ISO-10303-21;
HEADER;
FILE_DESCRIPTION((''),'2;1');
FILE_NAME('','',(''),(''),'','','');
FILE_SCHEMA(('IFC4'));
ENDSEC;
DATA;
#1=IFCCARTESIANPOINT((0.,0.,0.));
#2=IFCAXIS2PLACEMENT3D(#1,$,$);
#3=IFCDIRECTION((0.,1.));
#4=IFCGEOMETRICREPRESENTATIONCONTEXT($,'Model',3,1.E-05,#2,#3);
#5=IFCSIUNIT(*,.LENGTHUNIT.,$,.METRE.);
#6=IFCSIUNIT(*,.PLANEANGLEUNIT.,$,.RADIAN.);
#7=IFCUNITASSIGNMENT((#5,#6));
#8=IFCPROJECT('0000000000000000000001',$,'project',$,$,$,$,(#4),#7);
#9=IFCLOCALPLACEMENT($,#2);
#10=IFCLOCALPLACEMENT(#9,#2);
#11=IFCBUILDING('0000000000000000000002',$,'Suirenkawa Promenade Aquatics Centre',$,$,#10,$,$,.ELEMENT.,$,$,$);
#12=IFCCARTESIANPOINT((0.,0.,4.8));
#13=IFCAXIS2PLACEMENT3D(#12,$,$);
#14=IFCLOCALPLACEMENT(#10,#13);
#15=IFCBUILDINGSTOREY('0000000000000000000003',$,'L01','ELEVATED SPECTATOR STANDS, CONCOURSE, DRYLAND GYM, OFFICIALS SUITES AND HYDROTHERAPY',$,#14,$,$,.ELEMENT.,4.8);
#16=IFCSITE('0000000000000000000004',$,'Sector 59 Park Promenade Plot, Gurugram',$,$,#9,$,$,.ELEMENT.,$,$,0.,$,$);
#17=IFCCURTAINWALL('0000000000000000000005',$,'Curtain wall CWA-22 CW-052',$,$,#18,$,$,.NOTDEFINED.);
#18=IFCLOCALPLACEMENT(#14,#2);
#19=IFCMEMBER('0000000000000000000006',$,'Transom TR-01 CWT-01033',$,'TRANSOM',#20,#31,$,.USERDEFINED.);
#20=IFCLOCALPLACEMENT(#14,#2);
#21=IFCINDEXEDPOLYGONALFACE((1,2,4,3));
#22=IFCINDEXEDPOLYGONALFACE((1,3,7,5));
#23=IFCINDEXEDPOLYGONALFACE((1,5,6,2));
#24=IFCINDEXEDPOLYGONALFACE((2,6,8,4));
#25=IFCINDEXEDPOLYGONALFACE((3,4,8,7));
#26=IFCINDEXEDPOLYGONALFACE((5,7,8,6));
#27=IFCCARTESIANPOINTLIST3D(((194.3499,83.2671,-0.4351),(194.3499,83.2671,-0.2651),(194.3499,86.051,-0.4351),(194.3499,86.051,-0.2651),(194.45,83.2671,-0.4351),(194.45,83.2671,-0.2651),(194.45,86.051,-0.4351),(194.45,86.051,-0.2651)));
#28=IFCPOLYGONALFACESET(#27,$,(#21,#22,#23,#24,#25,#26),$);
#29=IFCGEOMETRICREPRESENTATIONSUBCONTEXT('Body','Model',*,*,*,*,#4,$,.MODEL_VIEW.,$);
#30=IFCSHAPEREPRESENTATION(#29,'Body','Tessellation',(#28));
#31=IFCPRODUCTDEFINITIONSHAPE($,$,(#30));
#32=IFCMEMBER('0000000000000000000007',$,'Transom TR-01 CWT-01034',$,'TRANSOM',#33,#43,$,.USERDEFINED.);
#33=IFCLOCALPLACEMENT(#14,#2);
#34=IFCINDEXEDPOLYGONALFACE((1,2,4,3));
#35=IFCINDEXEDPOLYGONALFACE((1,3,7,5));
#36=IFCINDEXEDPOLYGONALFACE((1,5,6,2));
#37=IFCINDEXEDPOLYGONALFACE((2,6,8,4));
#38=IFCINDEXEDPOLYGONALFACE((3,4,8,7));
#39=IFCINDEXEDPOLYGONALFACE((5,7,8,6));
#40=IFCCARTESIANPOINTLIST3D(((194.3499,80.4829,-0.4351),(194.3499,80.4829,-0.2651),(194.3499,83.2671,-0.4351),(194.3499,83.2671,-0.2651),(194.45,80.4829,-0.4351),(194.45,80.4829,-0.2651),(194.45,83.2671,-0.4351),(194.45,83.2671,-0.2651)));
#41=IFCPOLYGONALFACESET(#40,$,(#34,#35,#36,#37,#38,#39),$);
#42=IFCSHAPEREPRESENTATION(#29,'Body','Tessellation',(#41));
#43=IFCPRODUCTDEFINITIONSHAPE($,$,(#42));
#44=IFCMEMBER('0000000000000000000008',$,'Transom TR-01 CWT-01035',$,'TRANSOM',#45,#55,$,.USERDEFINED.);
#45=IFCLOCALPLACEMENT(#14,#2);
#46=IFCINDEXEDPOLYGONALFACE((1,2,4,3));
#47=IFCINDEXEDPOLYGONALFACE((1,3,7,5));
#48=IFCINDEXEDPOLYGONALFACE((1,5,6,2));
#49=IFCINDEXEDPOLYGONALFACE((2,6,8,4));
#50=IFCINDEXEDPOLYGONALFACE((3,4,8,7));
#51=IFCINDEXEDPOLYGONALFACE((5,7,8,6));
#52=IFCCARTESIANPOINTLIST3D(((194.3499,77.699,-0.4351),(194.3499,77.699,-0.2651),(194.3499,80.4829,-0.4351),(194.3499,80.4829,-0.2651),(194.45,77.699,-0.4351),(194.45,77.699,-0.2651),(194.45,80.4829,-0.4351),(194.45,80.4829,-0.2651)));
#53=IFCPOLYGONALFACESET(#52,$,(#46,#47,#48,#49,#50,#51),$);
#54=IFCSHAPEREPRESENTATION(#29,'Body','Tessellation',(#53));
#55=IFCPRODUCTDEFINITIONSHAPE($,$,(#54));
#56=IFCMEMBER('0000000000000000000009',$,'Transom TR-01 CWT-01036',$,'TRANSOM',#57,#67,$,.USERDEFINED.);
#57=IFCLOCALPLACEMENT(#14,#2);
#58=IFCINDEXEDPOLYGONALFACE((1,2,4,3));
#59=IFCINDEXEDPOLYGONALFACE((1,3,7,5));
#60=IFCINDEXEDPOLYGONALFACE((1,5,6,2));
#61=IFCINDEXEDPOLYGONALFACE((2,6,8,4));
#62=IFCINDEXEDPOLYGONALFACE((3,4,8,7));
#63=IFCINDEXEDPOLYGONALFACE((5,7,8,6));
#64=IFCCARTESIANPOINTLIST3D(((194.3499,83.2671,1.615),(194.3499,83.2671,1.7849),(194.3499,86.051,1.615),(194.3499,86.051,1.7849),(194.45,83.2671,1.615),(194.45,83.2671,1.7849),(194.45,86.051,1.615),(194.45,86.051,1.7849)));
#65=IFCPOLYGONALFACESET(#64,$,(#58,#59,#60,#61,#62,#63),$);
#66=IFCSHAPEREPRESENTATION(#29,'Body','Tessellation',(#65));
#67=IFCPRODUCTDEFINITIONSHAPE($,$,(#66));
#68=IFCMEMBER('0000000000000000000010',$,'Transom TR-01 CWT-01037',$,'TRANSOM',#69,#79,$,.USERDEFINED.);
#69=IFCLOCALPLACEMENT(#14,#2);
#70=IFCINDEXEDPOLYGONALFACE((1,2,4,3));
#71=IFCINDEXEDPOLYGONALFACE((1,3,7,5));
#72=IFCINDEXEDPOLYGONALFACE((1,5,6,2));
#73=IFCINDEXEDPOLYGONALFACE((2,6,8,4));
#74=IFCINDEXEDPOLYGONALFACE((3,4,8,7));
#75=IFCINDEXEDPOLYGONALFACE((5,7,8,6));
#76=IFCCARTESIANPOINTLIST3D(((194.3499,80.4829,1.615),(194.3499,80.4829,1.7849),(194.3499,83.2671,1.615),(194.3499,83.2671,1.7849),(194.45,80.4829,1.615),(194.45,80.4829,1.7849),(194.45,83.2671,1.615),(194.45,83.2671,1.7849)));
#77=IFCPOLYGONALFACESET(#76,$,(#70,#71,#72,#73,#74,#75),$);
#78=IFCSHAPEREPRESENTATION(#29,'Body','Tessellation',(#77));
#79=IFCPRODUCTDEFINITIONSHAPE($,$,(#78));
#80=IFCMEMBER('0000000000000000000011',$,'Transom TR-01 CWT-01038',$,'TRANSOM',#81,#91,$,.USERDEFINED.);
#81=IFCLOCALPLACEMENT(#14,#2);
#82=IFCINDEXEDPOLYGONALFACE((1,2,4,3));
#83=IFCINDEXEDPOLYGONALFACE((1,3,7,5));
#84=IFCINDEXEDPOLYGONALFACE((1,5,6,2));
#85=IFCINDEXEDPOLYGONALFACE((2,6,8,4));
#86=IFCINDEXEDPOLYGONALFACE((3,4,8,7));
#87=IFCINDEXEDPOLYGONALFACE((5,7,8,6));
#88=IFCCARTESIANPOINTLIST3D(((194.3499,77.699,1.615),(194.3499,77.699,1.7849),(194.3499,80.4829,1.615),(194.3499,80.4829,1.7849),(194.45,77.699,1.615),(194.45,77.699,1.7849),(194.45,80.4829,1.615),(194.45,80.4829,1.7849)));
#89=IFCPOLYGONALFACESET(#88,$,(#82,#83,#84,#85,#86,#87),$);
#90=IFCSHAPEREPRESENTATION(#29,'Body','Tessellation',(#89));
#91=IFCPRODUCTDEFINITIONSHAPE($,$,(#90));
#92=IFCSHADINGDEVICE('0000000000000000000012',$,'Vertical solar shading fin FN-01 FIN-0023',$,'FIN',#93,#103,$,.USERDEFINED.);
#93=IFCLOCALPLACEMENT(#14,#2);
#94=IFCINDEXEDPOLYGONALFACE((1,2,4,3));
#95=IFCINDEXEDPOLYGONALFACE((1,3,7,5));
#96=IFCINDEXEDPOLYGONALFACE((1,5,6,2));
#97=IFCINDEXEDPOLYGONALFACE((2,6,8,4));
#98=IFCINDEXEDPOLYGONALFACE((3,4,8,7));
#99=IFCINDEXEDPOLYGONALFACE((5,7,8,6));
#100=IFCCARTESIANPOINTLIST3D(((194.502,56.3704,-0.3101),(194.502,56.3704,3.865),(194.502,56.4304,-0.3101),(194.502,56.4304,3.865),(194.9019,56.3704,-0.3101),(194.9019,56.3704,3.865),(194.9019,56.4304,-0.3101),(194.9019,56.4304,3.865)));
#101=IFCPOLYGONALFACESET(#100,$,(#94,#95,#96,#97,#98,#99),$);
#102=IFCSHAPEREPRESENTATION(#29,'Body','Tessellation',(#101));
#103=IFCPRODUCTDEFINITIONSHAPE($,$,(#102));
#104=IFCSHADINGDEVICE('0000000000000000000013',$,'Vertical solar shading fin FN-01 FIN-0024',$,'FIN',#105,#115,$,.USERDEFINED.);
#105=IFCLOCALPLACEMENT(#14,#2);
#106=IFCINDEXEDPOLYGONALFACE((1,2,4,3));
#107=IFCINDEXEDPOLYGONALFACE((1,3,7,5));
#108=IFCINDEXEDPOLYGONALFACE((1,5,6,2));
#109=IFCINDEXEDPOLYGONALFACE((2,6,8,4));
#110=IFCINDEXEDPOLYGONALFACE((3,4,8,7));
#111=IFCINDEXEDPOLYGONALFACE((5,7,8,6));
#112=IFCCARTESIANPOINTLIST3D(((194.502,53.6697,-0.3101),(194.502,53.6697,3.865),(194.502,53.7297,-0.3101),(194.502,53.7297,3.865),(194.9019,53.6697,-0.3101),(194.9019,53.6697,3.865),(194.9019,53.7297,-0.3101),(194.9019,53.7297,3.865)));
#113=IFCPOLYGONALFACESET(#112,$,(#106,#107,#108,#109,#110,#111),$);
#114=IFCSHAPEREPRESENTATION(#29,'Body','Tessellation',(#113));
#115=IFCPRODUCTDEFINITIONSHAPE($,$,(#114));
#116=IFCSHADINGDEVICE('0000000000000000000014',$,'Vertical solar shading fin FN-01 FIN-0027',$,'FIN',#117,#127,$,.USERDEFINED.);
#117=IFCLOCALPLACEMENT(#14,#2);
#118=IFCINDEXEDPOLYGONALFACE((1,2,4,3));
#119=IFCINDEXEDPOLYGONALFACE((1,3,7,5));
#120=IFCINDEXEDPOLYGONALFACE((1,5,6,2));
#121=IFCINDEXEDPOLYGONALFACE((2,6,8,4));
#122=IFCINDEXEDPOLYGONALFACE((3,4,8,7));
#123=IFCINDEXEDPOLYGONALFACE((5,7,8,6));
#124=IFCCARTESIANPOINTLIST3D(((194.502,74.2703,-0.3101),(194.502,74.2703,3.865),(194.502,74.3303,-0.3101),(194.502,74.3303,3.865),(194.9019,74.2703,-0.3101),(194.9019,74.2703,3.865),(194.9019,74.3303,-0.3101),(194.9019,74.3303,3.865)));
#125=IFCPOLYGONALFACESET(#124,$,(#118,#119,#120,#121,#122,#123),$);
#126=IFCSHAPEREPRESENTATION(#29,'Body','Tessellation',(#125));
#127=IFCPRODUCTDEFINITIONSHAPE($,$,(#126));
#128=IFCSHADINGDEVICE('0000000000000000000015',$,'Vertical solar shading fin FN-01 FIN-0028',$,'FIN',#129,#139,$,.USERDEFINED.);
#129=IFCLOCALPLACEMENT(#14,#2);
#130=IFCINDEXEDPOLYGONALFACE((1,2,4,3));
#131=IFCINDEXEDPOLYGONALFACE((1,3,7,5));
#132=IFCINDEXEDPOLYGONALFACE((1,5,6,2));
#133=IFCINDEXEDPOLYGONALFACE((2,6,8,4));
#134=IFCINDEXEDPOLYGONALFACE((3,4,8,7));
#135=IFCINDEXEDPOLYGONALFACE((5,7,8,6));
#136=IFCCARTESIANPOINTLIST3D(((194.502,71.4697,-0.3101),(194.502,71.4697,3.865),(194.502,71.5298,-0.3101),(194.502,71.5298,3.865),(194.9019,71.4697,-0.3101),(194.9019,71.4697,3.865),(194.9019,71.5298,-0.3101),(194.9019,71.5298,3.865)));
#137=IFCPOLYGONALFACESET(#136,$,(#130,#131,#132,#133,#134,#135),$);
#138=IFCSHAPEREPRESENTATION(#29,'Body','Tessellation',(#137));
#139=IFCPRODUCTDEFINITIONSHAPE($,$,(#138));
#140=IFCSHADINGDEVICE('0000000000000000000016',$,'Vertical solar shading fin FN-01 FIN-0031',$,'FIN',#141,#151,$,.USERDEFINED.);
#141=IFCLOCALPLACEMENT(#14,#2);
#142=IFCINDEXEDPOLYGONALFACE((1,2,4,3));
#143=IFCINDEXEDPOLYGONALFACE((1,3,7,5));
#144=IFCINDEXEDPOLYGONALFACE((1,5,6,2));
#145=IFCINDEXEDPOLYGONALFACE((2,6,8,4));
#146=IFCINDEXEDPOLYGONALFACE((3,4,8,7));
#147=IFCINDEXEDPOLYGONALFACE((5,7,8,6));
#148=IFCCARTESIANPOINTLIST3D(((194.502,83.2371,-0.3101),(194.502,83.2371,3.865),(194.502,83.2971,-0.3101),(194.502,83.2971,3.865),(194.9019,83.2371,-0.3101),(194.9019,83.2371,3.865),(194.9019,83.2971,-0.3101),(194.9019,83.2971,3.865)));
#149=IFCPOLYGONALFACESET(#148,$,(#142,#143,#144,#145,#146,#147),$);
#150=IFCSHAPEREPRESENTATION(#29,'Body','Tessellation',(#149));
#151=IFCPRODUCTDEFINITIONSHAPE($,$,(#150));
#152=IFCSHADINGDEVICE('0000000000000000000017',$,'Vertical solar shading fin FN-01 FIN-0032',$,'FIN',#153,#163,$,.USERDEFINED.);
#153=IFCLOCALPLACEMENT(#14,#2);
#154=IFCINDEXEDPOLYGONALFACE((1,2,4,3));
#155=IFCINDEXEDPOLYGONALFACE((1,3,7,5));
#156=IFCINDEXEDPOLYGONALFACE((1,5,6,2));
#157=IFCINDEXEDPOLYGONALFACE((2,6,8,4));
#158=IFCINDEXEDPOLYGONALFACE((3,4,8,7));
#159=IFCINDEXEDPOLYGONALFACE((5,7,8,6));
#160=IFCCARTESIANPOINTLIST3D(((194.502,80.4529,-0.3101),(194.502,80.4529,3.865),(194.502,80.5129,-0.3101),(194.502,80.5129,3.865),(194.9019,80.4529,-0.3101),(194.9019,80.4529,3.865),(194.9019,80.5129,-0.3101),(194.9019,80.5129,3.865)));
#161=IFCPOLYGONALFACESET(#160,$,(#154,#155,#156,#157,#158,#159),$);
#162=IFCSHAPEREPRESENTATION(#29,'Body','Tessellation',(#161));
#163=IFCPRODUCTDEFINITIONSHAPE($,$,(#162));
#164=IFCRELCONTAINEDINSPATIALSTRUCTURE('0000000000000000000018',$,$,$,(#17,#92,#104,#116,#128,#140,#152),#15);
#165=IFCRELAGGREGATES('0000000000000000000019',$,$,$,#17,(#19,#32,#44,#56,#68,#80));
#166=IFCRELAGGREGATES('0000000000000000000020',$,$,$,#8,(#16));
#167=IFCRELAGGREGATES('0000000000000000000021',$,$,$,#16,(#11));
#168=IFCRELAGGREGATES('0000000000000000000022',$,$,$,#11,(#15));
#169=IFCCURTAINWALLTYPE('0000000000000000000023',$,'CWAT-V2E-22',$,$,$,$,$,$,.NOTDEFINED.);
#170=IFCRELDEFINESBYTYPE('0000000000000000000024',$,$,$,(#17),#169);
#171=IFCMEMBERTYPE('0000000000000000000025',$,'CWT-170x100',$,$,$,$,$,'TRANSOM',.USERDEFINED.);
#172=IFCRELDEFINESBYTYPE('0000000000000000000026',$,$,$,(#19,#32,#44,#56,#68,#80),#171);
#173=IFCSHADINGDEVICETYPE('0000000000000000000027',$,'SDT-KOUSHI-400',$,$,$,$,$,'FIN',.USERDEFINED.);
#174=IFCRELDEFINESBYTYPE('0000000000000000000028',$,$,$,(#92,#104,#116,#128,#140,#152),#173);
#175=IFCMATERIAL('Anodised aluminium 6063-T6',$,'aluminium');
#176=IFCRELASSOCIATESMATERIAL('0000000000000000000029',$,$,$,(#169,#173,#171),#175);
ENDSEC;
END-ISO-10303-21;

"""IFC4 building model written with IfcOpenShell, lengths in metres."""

from ifc_helpers import new_model, si_unit, direction, frame, origin, origin_2d, place, context, subcontext, project, spatial, rectangle, extrude, material, material_profile, profile_set, type_object, element, aggregate, save


model = new_model("IFC4")

# Units and contexts
model_context = context("Model", 3, precision=1e-05, world=origin(), true_north=direction((0.0, 1.0)))
body_context = subcontext(model_context, "Body", "Model", "MODEL_VIEW")
ifc_project = project(units=[si_unit("LENGTHUNIT", "METRE"), si_unit("PLANEANGLEUNIT", "RADIAN")], contexts=[model_context])

# Site, building, storey
site_placement = place(None, origin())
site = spatial("IfcSite", under=ifc_project, at=site_placement, Name="Sector 59 Park Promenade Plot, Gurugram", CompositionType="ELEMENT", RefElevation=0.0)
building_placement = place(site_placement, origin())
building = spatial("IfcBuilding", under=site, at=building_placement, Name="Suirenkawa Promenade Aquatics Centre", CompositionType="ELEMENT")
storey_placement = place(building_placement, frame((0.0, 0.0, 4.8)))
storey = spatial("IfcBuildingStorey", under=building, at=storey_placement, Name="L01", Description="ELEVATED SPECTATOR STANDS, CONCOURSE, DRYLAND GYM, OFFICIALS SUITES AND HYDROTHERAPY", CompositionType="ELEMENT", Elevation=4.8)

# Curtain wall
ifc_material_1 = material(Name="Anodised aluminium 6063-T6", Category="aluminium")
curtain_wall_type = type_object("IfcCurtainWallType", Name="CWAT-V2E-22", PredefinedType="NOTDEFINED", material=ifc_material_1)
curtain_wall_1_placement = place(storey_placement, origin())
curtain_wall_1 = element("IfcCurtainWall", 1, at=curtain_wall_1_placement, inside=storey, type_object=curtain_wall_type, Name="Curtain wall CWA-22 CW-052", PredefinedType="NOTDEFINED")

# Members
ifc_material_profile_1 = material_profile(ifc_material_1, rectangle(XDim=0.1001, YDim=0.1699, at=origin_2d()), Name="ALU TRAN 100x170", Category="aluminium")
ifc_profile_set_1 = profile_set([ifc_material_profile_1], Name="Anodised aluminium 6063-T6")
member_type_1 = type_object("IfcMemberType", Name="CWT-170x100", ElementType="TRANSOM", PredefinedType="USERDEFINED", material=ifc_profile_set_1)
member_1_placement = place(storey_placement, frame((194.3999, 86.051, -0.3501), z_axis=(0.0, -1.0, 0.0), x_axis=(1.0, 0.0, 0.0)))
member_1 = element("IfcMember", 2, at=member_1_placement, type_object=member_type_1, Name="Transom TR-01 CWT-01033", ObjectType="TRANSOM", PredefinedType="USERDEFINED", context=body_context, shape_type="SweptSolid", body=[
    extrude(rectangle(XDim=0.1001, YDim=0.1699, at=origin_2d()), origin(), (0.0, 0.0, 1.0), 2.7839),
])
member_2_placement = place(storey_placement, frame((194.3999, 83.2671, -0.3501), z_axis=(0.0, -1.0, 0.0), x_axis=(1.0, 0.0, 0.0)))
member_2 = element("IfcMember", 3, at=member_2_placement, type_object=member_type_1, Name="Transom TR-01 CWT-01034", ObjectType="TRANSOM", PredefinedType="USERDEFINED", context=body_context, shape_type="SweptSolid", body=[
    extrude(rectangle(XDim=0.1001, YDim=0.1699, at=origin_2d()), origin(), (0.0, 0.0, 1.0), 2.7842),
])
member_3_placement = place(storey_placement, frame((194.3999, 80.4829, -0.3501), z_axis=(0.0, -1.0, 0.0), x_axis=(1.0, 0.0, 0.0)))
member_3 = element("IfcMember", 4, at=member_3_placement, type_object=member_type_1, Name="Transom TR-01 CWT-01035", ObjectType="TRANSOM", PredefinedType="USERDEFINED", context=body_context, shape_type="SweptSolid", body=[
    extrude(rectangle(XDim=0.1001, YDim=0.1699, at=origin_2d()), origin(), (0.0, 0.0, 1.0), 2.7839),
])
member_4_placement = place(storey_placement, frame((194.3999, 86.051, 1.7), z_axis=(0.0, -1.0, 0.0), x_axis=(1.0, 0.0, 0.0)))
member_4 = element("IfcMember", 5, at=member_4_placement, type_object=member_type_1, Name="Transom TR-01 CWT-01036", ObjectType="TRANSOM", PredefinedType="USERDEFINED", context=body_context, shape_type="SweptSolid", body=[
    extrude(rectangle(XDim=0.1001, YDim=0.1699, at=origin_2d()), origin(), (0.0, 0.0, 1.0), 2.7839),
])
member_5_placement = place(storey_placement, frame((194.3999, 83.2671, 1.7), z_axis=(0.0, -1.0, 0.0), x_axis=(1.0, 0.0, 0.0)))
member_5 = element("IfcMember", 6, at=member_5_placement, type_object=member_type_1, Name="Transom TR-01 CWT-01037", ObjectType="TRANSOM", PredefinedType="USERDEFINED", context=body_context, shape_type="SweptSolid", body=[
    extrude(rectangle(XDim=0.1001, YDim=0.1699, at=origin_2d()), origin(), (0.0, 0.0, 1.0), 2.7842),
])
member_6_placement = place(storey_placement, frame((194.3999, 80.4829, 1.7), z_axis=(0.0, -1.0, 0.0), x_axis=(1.0, 0.0, 0.0)))
member_6 = element("IfcMember", 7, at=member_6_placement, type_object=member_type_1, Name="Transom TR-01 CWT-01038", ObjectType="TRANSOM", PredefinedType="USERDEFINED", context=body_context, shape_type="SweptSolid", body=[
    extrude(rectangle(XDim=0.1001, YDim=0.1699, at=origin_2d()), origin(), (0.0, 0.0, 1.0), 2.7839),
])

aggregate(curtain_wall_1, [member_1, member_2, member_3, member_4, member_5, member_6])

# Shading devices
shading_device_type = type_object("IfcShadingDeviceType", Name="SDT-KOUSHI-400", ElementType="FIN", PredefinedType="USERDEFINED", material=ifc_material_1)
for number, where, z_axis, x_axis, name in (
    (8, (194.7019, 56.4004, -0.3101), (0.0, 0.0, 1.0), (1.0, 0.0, 0.0), "Vertical solar shading fin FN-01 FIN-0023"),
    (9, (194.7019, 53.6997, -0.3101), (0.0, 0.0, 1.0), (1.0, 0.0, 0.0), "Vertical solar shading fin FN-01 FIN-0024"),
    (10, (194.7019, 74.3003, -0.3101), (0.0, 0.0, 1.0), (1.0, 0.0, 0.0), "Vertical solar shading fin FN-01 FIN-0027"),
    (11, (194.7019, 71.4998, -0.3101), (0.0, 0.0, 1.0), (1.0, 0.0, 0.0), "Vertical solar shading fin FN-01 FIN-0028"),
    (12, (194.7019, 83.2671, -0.3101), (0.0, 0.0, 1.0), (1.0, 0.0, 0.0), "Vertical solar shading fin FN-01 FIN-0031"),
    (13, (194.7019, 80.4829, -0.3101), (0.0, 0.0, 1.0), (1.0, 0.0, 0.0), "Vertical solar shading fin FN-01 FIN-0032"),
):
    element("IfcShadingDevice", number, at=place(storey_placement, frame(where, z_axis=z_axis, x_axis=x_axis)), inside=storey, type_object=shading_device_type, Name=name, ObjectType="FIN", PredefinedType="USERDEFINED", context=body_context, shape_type="SweptSolid", body=[
        extrude(rectangle(XDim=0.3999, YDim=0.0601, at=origin_2d()), origin(), (0.0, 0.0, 1.0), 4.175),
    ])

save(model, "model.ifc")
